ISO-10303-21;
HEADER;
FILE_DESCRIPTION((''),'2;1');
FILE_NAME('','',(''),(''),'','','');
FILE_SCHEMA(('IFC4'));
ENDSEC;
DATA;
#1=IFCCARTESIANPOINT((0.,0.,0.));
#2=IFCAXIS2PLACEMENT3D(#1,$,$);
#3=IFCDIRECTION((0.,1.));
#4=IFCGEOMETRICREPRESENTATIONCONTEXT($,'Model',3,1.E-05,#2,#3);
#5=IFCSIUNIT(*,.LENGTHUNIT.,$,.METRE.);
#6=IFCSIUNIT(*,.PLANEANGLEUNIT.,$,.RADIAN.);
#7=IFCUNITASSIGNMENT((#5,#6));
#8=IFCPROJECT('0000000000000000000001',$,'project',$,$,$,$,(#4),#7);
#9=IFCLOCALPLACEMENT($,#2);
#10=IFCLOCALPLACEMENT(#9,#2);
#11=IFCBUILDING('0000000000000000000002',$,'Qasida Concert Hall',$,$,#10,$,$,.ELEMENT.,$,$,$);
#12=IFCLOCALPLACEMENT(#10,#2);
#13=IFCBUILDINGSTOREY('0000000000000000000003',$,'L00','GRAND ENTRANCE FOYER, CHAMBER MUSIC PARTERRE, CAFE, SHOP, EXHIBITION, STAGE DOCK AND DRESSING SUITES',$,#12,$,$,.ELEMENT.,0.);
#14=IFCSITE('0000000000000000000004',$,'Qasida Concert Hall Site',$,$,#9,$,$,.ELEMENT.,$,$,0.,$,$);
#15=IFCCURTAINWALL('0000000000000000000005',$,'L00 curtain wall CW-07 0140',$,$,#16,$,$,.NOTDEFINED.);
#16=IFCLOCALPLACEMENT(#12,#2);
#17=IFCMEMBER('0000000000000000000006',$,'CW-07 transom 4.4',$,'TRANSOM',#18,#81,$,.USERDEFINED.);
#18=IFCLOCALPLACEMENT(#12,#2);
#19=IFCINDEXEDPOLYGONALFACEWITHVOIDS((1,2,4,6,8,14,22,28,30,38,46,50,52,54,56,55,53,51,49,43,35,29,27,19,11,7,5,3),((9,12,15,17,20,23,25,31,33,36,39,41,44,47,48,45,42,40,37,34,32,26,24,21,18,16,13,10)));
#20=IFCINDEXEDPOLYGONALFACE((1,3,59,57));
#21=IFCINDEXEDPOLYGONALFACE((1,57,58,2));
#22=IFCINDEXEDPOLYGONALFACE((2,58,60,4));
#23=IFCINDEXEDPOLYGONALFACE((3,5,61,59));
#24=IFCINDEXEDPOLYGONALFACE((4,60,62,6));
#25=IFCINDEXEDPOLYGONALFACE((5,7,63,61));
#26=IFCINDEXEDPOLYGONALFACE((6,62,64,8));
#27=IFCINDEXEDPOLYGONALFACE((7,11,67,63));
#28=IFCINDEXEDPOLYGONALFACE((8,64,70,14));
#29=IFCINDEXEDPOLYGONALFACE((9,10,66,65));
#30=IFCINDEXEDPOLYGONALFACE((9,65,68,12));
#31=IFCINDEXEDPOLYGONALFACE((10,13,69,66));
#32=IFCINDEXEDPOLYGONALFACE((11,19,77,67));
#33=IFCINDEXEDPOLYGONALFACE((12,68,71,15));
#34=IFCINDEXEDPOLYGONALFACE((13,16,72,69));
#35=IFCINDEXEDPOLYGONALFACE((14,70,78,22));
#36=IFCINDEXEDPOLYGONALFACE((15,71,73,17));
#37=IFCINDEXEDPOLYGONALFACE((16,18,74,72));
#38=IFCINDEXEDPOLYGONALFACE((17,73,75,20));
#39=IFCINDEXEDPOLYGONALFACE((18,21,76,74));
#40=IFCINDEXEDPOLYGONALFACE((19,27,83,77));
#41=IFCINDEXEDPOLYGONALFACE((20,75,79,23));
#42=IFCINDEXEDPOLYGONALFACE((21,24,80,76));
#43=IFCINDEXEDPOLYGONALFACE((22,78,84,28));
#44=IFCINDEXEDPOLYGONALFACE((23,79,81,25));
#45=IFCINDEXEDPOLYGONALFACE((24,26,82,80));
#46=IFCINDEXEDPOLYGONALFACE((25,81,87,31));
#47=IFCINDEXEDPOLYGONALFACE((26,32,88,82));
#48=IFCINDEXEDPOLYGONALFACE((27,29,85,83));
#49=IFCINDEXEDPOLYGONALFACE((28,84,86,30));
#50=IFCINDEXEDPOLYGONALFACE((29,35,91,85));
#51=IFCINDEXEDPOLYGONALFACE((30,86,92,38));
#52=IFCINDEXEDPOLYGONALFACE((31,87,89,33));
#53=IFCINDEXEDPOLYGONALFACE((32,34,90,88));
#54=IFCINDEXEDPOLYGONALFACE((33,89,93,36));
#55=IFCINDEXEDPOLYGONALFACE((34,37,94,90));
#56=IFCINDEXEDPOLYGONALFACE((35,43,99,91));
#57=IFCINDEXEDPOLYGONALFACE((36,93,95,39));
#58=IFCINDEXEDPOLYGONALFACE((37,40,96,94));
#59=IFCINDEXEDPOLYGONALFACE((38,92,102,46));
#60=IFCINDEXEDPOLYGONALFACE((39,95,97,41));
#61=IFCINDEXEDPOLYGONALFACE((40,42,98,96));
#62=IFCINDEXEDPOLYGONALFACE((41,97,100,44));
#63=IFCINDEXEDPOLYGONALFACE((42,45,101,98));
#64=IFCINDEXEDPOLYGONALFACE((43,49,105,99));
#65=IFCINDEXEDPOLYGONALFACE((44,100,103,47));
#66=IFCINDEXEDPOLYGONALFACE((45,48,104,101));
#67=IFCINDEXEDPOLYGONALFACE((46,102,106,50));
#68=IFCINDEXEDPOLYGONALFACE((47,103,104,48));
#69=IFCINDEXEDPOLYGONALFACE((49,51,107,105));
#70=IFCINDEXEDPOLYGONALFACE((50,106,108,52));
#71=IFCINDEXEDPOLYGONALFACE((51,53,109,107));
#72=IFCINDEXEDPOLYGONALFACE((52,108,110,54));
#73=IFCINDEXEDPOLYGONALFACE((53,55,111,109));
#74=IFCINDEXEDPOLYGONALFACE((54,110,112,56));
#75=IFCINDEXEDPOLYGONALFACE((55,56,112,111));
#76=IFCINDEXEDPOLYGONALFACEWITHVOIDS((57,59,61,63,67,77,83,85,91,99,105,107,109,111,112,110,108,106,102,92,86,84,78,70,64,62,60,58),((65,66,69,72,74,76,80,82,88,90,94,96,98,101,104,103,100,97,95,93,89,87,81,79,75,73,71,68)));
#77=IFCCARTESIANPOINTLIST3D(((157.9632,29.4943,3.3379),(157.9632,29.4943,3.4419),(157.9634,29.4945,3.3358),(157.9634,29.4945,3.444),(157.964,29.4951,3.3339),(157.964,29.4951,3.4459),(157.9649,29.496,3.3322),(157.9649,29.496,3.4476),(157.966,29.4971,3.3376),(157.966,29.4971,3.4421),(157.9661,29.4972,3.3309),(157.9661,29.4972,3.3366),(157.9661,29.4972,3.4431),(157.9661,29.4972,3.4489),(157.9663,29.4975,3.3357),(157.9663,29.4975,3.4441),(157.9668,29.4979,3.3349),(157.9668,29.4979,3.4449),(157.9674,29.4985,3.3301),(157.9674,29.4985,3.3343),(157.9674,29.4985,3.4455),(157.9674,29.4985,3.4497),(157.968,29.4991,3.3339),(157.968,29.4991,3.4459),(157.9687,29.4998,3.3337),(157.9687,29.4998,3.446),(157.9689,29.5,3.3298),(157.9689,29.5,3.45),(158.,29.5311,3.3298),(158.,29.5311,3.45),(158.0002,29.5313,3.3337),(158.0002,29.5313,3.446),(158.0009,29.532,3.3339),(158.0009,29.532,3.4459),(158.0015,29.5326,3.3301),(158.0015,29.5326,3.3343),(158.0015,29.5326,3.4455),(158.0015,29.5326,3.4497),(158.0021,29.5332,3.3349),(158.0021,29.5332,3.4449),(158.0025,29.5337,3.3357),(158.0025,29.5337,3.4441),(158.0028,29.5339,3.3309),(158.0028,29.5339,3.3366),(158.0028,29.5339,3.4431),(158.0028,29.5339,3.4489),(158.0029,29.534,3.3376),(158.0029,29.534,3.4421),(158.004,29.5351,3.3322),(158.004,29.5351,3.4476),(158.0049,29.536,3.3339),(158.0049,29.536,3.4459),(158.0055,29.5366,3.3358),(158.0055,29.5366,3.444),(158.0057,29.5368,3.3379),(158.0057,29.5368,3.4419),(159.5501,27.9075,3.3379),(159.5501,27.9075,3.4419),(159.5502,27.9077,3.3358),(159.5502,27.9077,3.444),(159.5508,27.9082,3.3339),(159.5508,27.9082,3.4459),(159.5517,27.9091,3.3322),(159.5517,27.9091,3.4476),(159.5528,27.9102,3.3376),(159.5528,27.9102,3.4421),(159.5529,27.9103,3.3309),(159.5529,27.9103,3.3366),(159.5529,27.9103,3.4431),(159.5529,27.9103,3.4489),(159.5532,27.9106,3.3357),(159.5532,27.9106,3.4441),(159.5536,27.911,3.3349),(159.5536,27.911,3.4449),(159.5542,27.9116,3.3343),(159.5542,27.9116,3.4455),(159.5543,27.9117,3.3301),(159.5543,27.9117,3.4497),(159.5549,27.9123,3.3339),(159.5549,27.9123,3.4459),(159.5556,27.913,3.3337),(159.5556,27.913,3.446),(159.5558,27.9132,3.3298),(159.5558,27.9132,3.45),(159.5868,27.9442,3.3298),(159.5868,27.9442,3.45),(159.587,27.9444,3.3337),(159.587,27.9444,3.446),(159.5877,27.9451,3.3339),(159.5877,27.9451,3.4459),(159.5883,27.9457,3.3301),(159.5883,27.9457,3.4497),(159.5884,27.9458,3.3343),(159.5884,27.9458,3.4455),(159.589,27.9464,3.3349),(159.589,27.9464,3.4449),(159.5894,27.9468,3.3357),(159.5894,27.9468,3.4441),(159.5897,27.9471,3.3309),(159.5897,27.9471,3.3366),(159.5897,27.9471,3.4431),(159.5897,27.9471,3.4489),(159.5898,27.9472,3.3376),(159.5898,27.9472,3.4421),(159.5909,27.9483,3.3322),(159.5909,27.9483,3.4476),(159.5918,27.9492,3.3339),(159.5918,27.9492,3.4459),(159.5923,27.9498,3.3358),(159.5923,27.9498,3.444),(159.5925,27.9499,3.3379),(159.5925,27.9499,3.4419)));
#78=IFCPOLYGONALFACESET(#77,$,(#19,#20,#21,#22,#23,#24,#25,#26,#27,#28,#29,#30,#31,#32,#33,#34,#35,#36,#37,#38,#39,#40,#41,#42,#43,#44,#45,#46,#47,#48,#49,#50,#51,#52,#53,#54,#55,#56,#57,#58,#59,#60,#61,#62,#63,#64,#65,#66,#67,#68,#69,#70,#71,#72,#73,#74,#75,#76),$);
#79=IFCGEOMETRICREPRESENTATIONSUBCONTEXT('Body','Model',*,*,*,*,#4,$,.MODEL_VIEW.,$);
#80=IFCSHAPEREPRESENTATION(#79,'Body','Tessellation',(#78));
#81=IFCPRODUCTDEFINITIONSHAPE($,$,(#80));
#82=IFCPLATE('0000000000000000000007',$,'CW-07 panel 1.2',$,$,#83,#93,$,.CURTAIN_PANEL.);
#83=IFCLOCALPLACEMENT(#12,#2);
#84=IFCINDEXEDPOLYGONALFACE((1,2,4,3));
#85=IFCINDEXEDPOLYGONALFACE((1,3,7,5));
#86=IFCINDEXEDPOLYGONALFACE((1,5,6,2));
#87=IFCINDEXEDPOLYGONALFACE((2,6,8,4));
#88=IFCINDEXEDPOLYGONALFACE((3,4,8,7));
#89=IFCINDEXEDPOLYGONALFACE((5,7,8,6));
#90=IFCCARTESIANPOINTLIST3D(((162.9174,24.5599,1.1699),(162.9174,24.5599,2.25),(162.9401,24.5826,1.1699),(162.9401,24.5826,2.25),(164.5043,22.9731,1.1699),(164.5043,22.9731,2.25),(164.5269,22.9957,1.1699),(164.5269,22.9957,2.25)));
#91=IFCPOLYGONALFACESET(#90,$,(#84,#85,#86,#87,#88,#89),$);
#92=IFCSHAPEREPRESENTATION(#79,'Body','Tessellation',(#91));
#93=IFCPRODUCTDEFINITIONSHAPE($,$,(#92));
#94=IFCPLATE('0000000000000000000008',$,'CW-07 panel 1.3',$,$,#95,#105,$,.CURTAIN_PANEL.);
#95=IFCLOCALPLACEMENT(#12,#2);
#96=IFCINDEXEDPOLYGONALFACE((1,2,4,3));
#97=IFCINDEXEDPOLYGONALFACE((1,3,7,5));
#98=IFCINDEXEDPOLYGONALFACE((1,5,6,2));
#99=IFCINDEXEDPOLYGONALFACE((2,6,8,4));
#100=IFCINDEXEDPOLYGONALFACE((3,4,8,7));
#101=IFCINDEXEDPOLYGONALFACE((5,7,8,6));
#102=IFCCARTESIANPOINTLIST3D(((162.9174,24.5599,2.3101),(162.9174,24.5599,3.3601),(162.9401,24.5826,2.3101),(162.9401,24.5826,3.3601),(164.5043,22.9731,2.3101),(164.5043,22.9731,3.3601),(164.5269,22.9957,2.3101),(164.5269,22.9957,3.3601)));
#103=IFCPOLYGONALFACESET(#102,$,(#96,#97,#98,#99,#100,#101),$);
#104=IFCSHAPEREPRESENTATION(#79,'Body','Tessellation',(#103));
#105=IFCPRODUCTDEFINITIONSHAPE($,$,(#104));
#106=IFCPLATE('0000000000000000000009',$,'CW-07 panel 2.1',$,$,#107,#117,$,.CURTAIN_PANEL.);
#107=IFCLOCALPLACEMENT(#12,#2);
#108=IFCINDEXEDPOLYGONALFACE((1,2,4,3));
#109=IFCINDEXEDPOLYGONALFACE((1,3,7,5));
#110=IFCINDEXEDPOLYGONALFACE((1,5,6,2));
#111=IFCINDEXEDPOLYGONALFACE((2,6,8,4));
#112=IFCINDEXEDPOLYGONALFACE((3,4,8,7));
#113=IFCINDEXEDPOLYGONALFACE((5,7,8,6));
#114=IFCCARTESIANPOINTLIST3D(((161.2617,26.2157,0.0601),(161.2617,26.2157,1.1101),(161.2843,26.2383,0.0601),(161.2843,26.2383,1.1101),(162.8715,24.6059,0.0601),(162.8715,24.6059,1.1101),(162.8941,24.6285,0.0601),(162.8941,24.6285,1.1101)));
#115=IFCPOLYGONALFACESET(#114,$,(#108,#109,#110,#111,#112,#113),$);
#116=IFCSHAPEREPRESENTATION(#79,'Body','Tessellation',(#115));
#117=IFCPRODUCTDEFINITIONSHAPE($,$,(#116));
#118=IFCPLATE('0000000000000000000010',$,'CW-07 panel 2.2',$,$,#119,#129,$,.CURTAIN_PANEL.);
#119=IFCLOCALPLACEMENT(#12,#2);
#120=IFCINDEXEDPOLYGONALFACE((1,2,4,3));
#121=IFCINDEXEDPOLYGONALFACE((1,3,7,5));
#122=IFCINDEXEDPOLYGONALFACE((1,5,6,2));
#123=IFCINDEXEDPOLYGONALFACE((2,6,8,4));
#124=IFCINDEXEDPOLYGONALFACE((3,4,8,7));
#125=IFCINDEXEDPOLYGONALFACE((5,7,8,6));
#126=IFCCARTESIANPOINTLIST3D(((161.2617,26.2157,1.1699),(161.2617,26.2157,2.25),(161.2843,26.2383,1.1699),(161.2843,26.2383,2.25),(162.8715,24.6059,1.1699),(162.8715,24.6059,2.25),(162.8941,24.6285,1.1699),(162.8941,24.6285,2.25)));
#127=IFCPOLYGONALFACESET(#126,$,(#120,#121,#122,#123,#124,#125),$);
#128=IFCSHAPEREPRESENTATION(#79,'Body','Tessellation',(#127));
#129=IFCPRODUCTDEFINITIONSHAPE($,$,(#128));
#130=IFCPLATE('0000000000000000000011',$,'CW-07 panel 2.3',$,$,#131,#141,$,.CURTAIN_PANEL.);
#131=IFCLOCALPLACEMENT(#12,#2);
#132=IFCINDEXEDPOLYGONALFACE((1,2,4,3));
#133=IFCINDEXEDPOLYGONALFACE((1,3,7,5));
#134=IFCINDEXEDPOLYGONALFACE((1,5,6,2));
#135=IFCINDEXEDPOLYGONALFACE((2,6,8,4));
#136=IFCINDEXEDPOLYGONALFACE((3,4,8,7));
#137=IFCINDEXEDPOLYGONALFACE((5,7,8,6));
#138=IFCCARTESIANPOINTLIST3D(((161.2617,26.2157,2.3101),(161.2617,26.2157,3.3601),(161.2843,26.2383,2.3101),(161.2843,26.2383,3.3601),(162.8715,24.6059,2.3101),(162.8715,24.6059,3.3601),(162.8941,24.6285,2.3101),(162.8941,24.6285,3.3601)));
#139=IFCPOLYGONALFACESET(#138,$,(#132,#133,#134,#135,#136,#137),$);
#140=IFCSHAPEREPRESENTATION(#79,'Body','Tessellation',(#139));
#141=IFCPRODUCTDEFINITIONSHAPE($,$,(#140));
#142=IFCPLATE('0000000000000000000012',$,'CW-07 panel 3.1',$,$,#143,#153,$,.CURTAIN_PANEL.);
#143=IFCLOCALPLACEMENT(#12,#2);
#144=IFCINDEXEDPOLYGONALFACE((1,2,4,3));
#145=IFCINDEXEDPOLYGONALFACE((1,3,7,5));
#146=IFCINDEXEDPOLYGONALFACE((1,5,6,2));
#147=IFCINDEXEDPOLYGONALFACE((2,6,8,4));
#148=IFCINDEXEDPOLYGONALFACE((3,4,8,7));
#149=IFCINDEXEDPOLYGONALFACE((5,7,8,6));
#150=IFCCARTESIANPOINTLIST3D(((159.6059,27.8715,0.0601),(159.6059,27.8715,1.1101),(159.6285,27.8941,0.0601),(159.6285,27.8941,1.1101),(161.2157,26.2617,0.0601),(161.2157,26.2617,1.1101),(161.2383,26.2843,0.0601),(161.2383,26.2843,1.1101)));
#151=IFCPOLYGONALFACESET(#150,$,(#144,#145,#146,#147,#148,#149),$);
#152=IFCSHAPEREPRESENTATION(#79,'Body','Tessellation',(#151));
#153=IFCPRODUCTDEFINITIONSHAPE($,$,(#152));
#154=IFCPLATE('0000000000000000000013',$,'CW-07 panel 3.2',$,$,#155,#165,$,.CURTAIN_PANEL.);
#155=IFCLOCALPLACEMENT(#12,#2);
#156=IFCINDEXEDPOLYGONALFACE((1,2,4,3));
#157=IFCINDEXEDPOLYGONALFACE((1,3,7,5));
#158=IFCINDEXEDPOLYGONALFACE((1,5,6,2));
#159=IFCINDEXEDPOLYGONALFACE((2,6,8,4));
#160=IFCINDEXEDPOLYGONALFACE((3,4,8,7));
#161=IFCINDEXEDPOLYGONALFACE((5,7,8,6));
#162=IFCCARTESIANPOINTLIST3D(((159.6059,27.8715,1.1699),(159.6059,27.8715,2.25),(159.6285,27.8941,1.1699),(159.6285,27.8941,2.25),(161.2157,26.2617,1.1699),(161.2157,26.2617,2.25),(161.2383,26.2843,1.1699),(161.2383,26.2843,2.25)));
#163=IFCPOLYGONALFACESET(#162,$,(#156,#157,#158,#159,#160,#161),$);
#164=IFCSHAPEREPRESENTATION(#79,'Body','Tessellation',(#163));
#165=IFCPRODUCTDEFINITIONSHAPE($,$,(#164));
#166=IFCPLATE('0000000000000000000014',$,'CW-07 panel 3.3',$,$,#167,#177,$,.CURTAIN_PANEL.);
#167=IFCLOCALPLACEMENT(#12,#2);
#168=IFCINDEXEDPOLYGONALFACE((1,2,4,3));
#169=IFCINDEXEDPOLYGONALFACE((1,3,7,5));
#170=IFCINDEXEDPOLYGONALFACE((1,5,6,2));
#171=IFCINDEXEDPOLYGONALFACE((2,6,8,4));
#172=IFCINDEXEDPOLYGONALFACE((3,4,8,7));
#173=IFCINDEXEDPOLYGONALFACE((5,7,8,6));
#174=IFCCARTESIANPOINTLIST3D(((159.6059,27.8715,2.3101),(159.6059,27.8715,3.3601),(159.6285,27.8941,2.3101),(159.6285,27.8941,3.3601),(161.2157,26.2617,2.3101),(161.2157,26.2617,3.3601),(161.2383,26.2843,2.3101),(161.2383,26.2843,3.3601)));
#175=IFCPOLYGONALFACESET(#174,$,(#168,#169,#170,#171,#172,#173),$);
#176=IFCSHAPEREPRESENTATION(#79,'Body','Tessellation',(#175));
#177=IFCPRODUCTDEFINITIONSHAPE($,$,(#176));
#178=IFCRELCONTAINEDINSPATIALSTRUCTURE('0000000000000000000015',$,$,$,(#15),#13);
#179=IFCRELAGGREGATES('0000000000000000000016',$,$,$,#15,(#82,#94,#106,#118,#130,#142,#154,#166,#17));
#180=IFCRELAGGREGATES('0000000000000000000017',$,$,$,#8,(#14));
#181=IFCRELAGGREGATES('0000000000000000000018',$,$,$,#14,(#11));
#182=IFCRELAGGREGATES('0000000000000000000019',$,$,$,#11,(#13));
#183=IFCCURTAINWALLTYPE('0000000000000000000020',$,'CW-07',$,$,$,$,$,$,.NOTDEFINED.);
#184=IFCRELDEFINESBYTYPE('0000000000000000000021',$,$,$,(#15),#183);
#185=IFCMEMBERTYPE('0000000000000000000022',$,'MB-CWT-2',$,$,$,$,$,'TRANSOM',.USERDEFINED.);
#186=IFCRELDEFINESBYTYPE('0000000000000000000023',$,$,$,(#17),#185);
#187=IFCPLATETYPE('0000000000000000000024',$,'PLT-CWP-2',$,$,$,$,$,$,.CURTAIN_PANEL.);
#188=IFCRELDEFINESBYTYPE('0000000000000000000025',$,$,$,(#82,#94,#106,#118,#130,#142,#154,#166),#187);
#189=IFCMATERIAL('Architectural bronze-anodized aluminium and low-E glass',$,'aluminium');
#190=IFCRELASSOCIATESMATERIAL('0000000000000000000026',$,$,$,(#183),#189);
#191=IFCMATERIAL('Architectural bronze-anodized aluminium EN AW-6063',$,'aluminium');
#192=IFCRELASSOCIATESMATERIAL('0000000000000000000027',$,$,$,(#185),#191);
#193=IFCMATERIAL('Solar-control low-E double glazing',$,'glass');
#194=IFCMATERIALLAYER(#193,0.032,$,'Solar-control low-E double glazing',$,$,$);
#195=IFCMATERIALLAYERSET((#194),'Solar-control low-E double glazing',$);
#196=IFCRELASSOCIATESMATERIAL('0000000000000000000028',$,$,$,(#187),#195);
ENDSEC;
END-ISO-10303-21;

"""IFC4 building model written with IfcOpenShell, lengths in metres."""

from ifc_helpers import new_model, si_unit, direction, frame, origin, origin_2d, place, context, subcontext, project, spatial, rectangle, hollow_rectangle, extrude, material, layer, layer_set, material_profile, profile_set, type_object, element, aggregate, save


model = new_model("IFC4")

# Units and contexts
model_context = context("Model", 3, precision=1e-05, world=origin(), true_north=direction((0.0, 1.0)))
body_context = subcontext(model_context, "Body", "Model", "MODEL_VIEW")
ifc_project = project(units=[si_unit("LENGTHUNIT", "METRE"), si_unit("PLANEANGLEUNIT", "RADIAN")], contexts=[model_context])

# Site, building, storey
site_placement = place(None, origin())
site = spatial("IfcSite", under=ifc_project, at=site_placement, Name="Qasida Concert Hall Site", CompositionType="ELEMENT", RefElevation=0.0)
building_placement = place(site_placement, origin())
building = spatial("IfcBuilding", under=site, at=building_placement, Name="Qasida Concert Hall", CompositionType="ELEMENT")
storey_placement = place(building_placement, origin())
storey = spatial("IfcBuildingStorey", under=building, at=storey_placement, Name="L00", Description="GRAND ENTRANCE FOYER, CHAMBER MUSIC PARTERRE, CAFE, SHOP, EXHIBITION, STAGE DOCK AND DRESSING SUITES", CompositionType="ELEMENT", Elevation=0.0)

# Curtain wall, member, plates
ifc_material_1 = material(Name="Architectural bronze-anodized aluminium and low-E glass", Category="aluminium")
curtain_wall_type = type_object("IfcCurtainWallType", Name="CW-07", PredefinedType="NOTDEFINED", material=ifc_material_1)
curtain_wall_placement = place(storey_placement, origin())
curtain_wall = element("IfcCurtainWall", 1, at=curtain_wall_placement, inside=storey, type_object=curtain_wall_type, Name="L00 curtain wall CW-07 0140", PredefinedType="NOTDEFINED")
ifc_material_2 = material(Name="Architectural bronze-anodized aluminium EN AW-6063", Category="aluminium")
ifc_material_profile_1 = material_profile(ifc_material_2, hollow_rectangle(XDim=0.0601, YDim=0.1201, WallThickness=0.0039, InnerFilletRadius=0.0039, OuterFilletRadius=0.0081, at=origin_2d()), Name="CWT 120x60x4")
ifc_profile_set_1 = profile_set([ifc_material_profile_1], Name="Architectural bronze-anodized aluminium EN AW-6063")
member_type_1 = type_object("IfcMemberType", Name="MB-CWT-2", ElementType="TRANSOM", PredefinedType="USERDEFINED", material=ifc_profile_set_1)
member_1_placement = place(storey_placement, frame((159.5713, 27.9287, 3.3899), z_axis=(-0.707107, 0.707107, 0.0), x_axis=(-0.707107, -0.707107, 0.0)))
member_1 = element("IfcMember", 2, at=member_1_placement, type_object=member_type_1, Name="CW-07 transom 4.4", ObjectType="TRANSOM", PredefinedType="USERDEFINED", context=body_context, shape_type="SweptSolid", body=[
    extrude(hollow_rectangle(XDim=0.0601, YDim=0.1201, WallThickness=0.0039, InnerFilletRadius=0.0039, OuterFilletRadius=0.0081, at=origin_2d()), origin(), (0.0, 0.0, 1.0), 2.2441),
])
ifc_material_3 = material(Name="Solar-control low-E double glazing", Category="glass")
ifc_layer = layer(ifc_material_3, 0.032, Name="Solar-control low-E double glazing")
ifc_layer_set = layer_set([ifc_layer], Name="Solar-control low-E double glazing")
plate_type = type_object("IfcPlateType", Name="PLT-CWP-2", PredefinedType="CURTAIN_PANEL", material=ifc_layer_set)
plate_1_placement = place(storey_placement, frame((163.7222, 23.7778, 1.1699), z_axis=(0.0, 0.0, 1.0), x_axis=(-0.707107, 0.707107, 0.0)))
plate_1 = element("IfcPlate", 3, at=plate_1_placement, type_object=plate_type, Name="CW-07 panel 1.2", PredefinedType="CURTAIN_PANEL", context=body_context, shape_type="SweptSolid", body=[
    extrude(rectangle(XDim=2.2441, YDim=0.032, at=origin_2d()), origin(), (0.0, 0.0, 1.0), 1.0801),
])
plate_2_placement = place(storey_placement, frame((163.7222, 23.7778, 2.3101), z_axis=(0.0, 0.0, 1.0), x_axis=(-0.707107, 0.707107, 0.0)))
plate_2 = element("IfcPlate", 4, at=plate_2_placement, type_object=plate_type, Name="CW-07 panel 1.3", PredefinedType="CURTAIN_PANEL", context=body_context, shape_type="SweptSolid", body=[
    extrude(rectangle(XDim=2.2441, YDim=0.032, at=origin_2d()), origin(), (0.0, 0.0, 1.0), 1.05),
])
plate_3_placement = place(storey_placement, frame((162.0779, 25.4221, 0.0601), z_axis=(0.0, 0.0, 1.0), x_axis=(-0.707107, 0.707107, 0.0)))
plate_3 = element("IfcPlate", 5, at=plate_3_placement, type_object=plate_type, Name="CW-07 panel 2.1", PredefinedType="CURTAIN_PANEL", context=body_context, shape_type="SweptSolid", body=[
    extrude(rectangle(XDim=2.2766, YDim=0.032, at=origin_2d()), origin(), (0.0, 0.0, 1.0), 1.05),
])
plate_4_placement = place(storey_placement, frame((162.0779, 25.4221, 1.1699), z_axis=(0.0, 0.0, 1.0), x_axis=(-0.707107, 0.707107, 0.0)))
plate_4 = element("IfcPlate", 6, at=plate_4_placement, type_object=plate_type, Name="CW-07 panel 2.2", PredefinedType="CURTAIN_PANEL", context=body_context, shape_type="SweptSolid", body=[
    extrude(rectangle(XDim=2.2766, YDim=0.032, at=origin_2d()), origin(), (0.0, 0.0, 1.0), 1.0801),
])
plate_5_placement = place(storey_placement, frame((162.0779, 25.4221, 2.3101), z_axis=(0.0, 0.0, 1.0), x_axis=(-0.707107, 0.707107, 0.0)))
plate_5 = element("IfcPlate", 7, at=plate_5_placement, type_object=plate_type, Name="CW-07 panel 2.3", PredefinedType="CURTAIN_PANEL", context=body_context, shape_type="SweptSolid", body=[
    extrude(rectangle(XDim=2.2766, YDim=0.032, at=origin_2d()), origin(), (0.0, 0.0, 1.0), 1.05),
])
plate_6_placement = place(storey_placement, frame((160.4221, 27.0779, 0.0601), z_axis=(0.0, 0.0, 1.0), x_axis=(-0.707107, 0.707107, 0.0)))
plate_6 = element("IfcPlate", 8, at=plate_6_placement, type_object=plate_type, Name="CW-07 panel 3.1", PredefinedType="CURTAIN_PANEL", context=body_context, shape_type="SweptSolid", body=[
    extrude(rectangle(XDim=2.2766, YDim=0.032, at=origin_2d()), origin(), (0.0, 0.0, 1.0), 1.05),
])
plate_7_placement = place(storey_placement, frame((160.4221, 27.0779, 1.1699), z_axis=(0.0, 0.0, 1.0), x_axis=(-0.707107, 0.707107, 0.0)))
plate_7 = element("IfcPlate", 9, at=plate_7_placement, type_object=plate_type, Name="CW-07 panel 3.2", PredefinedType="CURTAIN_PANEL", context=body_context, shape_type="SweptSolid", body=[
    extrude(rectangle(XDim=2.2766, YDim=0.032, at=origin_2d()), origin(), (0.0, 0.0, 1.0), 1.0801),
])
plate_8_placement = place(storey_placement, frame((160.4221, 27.0779, 2.3101), z_axis=(0.0, 0.0, 1.0), x_axis=(-0.707107, 0.707107, 0.0)))
plate_8 = element("IfcPlate", 10, at=plate_8_placement, type_object=plate_type, Name="CW-07 panel 3.3", PredefinedType="CURTAIN_PANEL", context=body_context, shape_type="SweptSolid", body=[
    extrude(rectangle(XDim=2.2766, YDim=0.032, at=origin_2d()), origin(), (0.0, 0.0, 1.0), 1.05),
])
aggregate(curtain_wall, [plate_1, plate_2, plate_3, plate_4, plate_5, plate_6, plate_7, plate_8, member_1])

save(model, "model.ifc")
